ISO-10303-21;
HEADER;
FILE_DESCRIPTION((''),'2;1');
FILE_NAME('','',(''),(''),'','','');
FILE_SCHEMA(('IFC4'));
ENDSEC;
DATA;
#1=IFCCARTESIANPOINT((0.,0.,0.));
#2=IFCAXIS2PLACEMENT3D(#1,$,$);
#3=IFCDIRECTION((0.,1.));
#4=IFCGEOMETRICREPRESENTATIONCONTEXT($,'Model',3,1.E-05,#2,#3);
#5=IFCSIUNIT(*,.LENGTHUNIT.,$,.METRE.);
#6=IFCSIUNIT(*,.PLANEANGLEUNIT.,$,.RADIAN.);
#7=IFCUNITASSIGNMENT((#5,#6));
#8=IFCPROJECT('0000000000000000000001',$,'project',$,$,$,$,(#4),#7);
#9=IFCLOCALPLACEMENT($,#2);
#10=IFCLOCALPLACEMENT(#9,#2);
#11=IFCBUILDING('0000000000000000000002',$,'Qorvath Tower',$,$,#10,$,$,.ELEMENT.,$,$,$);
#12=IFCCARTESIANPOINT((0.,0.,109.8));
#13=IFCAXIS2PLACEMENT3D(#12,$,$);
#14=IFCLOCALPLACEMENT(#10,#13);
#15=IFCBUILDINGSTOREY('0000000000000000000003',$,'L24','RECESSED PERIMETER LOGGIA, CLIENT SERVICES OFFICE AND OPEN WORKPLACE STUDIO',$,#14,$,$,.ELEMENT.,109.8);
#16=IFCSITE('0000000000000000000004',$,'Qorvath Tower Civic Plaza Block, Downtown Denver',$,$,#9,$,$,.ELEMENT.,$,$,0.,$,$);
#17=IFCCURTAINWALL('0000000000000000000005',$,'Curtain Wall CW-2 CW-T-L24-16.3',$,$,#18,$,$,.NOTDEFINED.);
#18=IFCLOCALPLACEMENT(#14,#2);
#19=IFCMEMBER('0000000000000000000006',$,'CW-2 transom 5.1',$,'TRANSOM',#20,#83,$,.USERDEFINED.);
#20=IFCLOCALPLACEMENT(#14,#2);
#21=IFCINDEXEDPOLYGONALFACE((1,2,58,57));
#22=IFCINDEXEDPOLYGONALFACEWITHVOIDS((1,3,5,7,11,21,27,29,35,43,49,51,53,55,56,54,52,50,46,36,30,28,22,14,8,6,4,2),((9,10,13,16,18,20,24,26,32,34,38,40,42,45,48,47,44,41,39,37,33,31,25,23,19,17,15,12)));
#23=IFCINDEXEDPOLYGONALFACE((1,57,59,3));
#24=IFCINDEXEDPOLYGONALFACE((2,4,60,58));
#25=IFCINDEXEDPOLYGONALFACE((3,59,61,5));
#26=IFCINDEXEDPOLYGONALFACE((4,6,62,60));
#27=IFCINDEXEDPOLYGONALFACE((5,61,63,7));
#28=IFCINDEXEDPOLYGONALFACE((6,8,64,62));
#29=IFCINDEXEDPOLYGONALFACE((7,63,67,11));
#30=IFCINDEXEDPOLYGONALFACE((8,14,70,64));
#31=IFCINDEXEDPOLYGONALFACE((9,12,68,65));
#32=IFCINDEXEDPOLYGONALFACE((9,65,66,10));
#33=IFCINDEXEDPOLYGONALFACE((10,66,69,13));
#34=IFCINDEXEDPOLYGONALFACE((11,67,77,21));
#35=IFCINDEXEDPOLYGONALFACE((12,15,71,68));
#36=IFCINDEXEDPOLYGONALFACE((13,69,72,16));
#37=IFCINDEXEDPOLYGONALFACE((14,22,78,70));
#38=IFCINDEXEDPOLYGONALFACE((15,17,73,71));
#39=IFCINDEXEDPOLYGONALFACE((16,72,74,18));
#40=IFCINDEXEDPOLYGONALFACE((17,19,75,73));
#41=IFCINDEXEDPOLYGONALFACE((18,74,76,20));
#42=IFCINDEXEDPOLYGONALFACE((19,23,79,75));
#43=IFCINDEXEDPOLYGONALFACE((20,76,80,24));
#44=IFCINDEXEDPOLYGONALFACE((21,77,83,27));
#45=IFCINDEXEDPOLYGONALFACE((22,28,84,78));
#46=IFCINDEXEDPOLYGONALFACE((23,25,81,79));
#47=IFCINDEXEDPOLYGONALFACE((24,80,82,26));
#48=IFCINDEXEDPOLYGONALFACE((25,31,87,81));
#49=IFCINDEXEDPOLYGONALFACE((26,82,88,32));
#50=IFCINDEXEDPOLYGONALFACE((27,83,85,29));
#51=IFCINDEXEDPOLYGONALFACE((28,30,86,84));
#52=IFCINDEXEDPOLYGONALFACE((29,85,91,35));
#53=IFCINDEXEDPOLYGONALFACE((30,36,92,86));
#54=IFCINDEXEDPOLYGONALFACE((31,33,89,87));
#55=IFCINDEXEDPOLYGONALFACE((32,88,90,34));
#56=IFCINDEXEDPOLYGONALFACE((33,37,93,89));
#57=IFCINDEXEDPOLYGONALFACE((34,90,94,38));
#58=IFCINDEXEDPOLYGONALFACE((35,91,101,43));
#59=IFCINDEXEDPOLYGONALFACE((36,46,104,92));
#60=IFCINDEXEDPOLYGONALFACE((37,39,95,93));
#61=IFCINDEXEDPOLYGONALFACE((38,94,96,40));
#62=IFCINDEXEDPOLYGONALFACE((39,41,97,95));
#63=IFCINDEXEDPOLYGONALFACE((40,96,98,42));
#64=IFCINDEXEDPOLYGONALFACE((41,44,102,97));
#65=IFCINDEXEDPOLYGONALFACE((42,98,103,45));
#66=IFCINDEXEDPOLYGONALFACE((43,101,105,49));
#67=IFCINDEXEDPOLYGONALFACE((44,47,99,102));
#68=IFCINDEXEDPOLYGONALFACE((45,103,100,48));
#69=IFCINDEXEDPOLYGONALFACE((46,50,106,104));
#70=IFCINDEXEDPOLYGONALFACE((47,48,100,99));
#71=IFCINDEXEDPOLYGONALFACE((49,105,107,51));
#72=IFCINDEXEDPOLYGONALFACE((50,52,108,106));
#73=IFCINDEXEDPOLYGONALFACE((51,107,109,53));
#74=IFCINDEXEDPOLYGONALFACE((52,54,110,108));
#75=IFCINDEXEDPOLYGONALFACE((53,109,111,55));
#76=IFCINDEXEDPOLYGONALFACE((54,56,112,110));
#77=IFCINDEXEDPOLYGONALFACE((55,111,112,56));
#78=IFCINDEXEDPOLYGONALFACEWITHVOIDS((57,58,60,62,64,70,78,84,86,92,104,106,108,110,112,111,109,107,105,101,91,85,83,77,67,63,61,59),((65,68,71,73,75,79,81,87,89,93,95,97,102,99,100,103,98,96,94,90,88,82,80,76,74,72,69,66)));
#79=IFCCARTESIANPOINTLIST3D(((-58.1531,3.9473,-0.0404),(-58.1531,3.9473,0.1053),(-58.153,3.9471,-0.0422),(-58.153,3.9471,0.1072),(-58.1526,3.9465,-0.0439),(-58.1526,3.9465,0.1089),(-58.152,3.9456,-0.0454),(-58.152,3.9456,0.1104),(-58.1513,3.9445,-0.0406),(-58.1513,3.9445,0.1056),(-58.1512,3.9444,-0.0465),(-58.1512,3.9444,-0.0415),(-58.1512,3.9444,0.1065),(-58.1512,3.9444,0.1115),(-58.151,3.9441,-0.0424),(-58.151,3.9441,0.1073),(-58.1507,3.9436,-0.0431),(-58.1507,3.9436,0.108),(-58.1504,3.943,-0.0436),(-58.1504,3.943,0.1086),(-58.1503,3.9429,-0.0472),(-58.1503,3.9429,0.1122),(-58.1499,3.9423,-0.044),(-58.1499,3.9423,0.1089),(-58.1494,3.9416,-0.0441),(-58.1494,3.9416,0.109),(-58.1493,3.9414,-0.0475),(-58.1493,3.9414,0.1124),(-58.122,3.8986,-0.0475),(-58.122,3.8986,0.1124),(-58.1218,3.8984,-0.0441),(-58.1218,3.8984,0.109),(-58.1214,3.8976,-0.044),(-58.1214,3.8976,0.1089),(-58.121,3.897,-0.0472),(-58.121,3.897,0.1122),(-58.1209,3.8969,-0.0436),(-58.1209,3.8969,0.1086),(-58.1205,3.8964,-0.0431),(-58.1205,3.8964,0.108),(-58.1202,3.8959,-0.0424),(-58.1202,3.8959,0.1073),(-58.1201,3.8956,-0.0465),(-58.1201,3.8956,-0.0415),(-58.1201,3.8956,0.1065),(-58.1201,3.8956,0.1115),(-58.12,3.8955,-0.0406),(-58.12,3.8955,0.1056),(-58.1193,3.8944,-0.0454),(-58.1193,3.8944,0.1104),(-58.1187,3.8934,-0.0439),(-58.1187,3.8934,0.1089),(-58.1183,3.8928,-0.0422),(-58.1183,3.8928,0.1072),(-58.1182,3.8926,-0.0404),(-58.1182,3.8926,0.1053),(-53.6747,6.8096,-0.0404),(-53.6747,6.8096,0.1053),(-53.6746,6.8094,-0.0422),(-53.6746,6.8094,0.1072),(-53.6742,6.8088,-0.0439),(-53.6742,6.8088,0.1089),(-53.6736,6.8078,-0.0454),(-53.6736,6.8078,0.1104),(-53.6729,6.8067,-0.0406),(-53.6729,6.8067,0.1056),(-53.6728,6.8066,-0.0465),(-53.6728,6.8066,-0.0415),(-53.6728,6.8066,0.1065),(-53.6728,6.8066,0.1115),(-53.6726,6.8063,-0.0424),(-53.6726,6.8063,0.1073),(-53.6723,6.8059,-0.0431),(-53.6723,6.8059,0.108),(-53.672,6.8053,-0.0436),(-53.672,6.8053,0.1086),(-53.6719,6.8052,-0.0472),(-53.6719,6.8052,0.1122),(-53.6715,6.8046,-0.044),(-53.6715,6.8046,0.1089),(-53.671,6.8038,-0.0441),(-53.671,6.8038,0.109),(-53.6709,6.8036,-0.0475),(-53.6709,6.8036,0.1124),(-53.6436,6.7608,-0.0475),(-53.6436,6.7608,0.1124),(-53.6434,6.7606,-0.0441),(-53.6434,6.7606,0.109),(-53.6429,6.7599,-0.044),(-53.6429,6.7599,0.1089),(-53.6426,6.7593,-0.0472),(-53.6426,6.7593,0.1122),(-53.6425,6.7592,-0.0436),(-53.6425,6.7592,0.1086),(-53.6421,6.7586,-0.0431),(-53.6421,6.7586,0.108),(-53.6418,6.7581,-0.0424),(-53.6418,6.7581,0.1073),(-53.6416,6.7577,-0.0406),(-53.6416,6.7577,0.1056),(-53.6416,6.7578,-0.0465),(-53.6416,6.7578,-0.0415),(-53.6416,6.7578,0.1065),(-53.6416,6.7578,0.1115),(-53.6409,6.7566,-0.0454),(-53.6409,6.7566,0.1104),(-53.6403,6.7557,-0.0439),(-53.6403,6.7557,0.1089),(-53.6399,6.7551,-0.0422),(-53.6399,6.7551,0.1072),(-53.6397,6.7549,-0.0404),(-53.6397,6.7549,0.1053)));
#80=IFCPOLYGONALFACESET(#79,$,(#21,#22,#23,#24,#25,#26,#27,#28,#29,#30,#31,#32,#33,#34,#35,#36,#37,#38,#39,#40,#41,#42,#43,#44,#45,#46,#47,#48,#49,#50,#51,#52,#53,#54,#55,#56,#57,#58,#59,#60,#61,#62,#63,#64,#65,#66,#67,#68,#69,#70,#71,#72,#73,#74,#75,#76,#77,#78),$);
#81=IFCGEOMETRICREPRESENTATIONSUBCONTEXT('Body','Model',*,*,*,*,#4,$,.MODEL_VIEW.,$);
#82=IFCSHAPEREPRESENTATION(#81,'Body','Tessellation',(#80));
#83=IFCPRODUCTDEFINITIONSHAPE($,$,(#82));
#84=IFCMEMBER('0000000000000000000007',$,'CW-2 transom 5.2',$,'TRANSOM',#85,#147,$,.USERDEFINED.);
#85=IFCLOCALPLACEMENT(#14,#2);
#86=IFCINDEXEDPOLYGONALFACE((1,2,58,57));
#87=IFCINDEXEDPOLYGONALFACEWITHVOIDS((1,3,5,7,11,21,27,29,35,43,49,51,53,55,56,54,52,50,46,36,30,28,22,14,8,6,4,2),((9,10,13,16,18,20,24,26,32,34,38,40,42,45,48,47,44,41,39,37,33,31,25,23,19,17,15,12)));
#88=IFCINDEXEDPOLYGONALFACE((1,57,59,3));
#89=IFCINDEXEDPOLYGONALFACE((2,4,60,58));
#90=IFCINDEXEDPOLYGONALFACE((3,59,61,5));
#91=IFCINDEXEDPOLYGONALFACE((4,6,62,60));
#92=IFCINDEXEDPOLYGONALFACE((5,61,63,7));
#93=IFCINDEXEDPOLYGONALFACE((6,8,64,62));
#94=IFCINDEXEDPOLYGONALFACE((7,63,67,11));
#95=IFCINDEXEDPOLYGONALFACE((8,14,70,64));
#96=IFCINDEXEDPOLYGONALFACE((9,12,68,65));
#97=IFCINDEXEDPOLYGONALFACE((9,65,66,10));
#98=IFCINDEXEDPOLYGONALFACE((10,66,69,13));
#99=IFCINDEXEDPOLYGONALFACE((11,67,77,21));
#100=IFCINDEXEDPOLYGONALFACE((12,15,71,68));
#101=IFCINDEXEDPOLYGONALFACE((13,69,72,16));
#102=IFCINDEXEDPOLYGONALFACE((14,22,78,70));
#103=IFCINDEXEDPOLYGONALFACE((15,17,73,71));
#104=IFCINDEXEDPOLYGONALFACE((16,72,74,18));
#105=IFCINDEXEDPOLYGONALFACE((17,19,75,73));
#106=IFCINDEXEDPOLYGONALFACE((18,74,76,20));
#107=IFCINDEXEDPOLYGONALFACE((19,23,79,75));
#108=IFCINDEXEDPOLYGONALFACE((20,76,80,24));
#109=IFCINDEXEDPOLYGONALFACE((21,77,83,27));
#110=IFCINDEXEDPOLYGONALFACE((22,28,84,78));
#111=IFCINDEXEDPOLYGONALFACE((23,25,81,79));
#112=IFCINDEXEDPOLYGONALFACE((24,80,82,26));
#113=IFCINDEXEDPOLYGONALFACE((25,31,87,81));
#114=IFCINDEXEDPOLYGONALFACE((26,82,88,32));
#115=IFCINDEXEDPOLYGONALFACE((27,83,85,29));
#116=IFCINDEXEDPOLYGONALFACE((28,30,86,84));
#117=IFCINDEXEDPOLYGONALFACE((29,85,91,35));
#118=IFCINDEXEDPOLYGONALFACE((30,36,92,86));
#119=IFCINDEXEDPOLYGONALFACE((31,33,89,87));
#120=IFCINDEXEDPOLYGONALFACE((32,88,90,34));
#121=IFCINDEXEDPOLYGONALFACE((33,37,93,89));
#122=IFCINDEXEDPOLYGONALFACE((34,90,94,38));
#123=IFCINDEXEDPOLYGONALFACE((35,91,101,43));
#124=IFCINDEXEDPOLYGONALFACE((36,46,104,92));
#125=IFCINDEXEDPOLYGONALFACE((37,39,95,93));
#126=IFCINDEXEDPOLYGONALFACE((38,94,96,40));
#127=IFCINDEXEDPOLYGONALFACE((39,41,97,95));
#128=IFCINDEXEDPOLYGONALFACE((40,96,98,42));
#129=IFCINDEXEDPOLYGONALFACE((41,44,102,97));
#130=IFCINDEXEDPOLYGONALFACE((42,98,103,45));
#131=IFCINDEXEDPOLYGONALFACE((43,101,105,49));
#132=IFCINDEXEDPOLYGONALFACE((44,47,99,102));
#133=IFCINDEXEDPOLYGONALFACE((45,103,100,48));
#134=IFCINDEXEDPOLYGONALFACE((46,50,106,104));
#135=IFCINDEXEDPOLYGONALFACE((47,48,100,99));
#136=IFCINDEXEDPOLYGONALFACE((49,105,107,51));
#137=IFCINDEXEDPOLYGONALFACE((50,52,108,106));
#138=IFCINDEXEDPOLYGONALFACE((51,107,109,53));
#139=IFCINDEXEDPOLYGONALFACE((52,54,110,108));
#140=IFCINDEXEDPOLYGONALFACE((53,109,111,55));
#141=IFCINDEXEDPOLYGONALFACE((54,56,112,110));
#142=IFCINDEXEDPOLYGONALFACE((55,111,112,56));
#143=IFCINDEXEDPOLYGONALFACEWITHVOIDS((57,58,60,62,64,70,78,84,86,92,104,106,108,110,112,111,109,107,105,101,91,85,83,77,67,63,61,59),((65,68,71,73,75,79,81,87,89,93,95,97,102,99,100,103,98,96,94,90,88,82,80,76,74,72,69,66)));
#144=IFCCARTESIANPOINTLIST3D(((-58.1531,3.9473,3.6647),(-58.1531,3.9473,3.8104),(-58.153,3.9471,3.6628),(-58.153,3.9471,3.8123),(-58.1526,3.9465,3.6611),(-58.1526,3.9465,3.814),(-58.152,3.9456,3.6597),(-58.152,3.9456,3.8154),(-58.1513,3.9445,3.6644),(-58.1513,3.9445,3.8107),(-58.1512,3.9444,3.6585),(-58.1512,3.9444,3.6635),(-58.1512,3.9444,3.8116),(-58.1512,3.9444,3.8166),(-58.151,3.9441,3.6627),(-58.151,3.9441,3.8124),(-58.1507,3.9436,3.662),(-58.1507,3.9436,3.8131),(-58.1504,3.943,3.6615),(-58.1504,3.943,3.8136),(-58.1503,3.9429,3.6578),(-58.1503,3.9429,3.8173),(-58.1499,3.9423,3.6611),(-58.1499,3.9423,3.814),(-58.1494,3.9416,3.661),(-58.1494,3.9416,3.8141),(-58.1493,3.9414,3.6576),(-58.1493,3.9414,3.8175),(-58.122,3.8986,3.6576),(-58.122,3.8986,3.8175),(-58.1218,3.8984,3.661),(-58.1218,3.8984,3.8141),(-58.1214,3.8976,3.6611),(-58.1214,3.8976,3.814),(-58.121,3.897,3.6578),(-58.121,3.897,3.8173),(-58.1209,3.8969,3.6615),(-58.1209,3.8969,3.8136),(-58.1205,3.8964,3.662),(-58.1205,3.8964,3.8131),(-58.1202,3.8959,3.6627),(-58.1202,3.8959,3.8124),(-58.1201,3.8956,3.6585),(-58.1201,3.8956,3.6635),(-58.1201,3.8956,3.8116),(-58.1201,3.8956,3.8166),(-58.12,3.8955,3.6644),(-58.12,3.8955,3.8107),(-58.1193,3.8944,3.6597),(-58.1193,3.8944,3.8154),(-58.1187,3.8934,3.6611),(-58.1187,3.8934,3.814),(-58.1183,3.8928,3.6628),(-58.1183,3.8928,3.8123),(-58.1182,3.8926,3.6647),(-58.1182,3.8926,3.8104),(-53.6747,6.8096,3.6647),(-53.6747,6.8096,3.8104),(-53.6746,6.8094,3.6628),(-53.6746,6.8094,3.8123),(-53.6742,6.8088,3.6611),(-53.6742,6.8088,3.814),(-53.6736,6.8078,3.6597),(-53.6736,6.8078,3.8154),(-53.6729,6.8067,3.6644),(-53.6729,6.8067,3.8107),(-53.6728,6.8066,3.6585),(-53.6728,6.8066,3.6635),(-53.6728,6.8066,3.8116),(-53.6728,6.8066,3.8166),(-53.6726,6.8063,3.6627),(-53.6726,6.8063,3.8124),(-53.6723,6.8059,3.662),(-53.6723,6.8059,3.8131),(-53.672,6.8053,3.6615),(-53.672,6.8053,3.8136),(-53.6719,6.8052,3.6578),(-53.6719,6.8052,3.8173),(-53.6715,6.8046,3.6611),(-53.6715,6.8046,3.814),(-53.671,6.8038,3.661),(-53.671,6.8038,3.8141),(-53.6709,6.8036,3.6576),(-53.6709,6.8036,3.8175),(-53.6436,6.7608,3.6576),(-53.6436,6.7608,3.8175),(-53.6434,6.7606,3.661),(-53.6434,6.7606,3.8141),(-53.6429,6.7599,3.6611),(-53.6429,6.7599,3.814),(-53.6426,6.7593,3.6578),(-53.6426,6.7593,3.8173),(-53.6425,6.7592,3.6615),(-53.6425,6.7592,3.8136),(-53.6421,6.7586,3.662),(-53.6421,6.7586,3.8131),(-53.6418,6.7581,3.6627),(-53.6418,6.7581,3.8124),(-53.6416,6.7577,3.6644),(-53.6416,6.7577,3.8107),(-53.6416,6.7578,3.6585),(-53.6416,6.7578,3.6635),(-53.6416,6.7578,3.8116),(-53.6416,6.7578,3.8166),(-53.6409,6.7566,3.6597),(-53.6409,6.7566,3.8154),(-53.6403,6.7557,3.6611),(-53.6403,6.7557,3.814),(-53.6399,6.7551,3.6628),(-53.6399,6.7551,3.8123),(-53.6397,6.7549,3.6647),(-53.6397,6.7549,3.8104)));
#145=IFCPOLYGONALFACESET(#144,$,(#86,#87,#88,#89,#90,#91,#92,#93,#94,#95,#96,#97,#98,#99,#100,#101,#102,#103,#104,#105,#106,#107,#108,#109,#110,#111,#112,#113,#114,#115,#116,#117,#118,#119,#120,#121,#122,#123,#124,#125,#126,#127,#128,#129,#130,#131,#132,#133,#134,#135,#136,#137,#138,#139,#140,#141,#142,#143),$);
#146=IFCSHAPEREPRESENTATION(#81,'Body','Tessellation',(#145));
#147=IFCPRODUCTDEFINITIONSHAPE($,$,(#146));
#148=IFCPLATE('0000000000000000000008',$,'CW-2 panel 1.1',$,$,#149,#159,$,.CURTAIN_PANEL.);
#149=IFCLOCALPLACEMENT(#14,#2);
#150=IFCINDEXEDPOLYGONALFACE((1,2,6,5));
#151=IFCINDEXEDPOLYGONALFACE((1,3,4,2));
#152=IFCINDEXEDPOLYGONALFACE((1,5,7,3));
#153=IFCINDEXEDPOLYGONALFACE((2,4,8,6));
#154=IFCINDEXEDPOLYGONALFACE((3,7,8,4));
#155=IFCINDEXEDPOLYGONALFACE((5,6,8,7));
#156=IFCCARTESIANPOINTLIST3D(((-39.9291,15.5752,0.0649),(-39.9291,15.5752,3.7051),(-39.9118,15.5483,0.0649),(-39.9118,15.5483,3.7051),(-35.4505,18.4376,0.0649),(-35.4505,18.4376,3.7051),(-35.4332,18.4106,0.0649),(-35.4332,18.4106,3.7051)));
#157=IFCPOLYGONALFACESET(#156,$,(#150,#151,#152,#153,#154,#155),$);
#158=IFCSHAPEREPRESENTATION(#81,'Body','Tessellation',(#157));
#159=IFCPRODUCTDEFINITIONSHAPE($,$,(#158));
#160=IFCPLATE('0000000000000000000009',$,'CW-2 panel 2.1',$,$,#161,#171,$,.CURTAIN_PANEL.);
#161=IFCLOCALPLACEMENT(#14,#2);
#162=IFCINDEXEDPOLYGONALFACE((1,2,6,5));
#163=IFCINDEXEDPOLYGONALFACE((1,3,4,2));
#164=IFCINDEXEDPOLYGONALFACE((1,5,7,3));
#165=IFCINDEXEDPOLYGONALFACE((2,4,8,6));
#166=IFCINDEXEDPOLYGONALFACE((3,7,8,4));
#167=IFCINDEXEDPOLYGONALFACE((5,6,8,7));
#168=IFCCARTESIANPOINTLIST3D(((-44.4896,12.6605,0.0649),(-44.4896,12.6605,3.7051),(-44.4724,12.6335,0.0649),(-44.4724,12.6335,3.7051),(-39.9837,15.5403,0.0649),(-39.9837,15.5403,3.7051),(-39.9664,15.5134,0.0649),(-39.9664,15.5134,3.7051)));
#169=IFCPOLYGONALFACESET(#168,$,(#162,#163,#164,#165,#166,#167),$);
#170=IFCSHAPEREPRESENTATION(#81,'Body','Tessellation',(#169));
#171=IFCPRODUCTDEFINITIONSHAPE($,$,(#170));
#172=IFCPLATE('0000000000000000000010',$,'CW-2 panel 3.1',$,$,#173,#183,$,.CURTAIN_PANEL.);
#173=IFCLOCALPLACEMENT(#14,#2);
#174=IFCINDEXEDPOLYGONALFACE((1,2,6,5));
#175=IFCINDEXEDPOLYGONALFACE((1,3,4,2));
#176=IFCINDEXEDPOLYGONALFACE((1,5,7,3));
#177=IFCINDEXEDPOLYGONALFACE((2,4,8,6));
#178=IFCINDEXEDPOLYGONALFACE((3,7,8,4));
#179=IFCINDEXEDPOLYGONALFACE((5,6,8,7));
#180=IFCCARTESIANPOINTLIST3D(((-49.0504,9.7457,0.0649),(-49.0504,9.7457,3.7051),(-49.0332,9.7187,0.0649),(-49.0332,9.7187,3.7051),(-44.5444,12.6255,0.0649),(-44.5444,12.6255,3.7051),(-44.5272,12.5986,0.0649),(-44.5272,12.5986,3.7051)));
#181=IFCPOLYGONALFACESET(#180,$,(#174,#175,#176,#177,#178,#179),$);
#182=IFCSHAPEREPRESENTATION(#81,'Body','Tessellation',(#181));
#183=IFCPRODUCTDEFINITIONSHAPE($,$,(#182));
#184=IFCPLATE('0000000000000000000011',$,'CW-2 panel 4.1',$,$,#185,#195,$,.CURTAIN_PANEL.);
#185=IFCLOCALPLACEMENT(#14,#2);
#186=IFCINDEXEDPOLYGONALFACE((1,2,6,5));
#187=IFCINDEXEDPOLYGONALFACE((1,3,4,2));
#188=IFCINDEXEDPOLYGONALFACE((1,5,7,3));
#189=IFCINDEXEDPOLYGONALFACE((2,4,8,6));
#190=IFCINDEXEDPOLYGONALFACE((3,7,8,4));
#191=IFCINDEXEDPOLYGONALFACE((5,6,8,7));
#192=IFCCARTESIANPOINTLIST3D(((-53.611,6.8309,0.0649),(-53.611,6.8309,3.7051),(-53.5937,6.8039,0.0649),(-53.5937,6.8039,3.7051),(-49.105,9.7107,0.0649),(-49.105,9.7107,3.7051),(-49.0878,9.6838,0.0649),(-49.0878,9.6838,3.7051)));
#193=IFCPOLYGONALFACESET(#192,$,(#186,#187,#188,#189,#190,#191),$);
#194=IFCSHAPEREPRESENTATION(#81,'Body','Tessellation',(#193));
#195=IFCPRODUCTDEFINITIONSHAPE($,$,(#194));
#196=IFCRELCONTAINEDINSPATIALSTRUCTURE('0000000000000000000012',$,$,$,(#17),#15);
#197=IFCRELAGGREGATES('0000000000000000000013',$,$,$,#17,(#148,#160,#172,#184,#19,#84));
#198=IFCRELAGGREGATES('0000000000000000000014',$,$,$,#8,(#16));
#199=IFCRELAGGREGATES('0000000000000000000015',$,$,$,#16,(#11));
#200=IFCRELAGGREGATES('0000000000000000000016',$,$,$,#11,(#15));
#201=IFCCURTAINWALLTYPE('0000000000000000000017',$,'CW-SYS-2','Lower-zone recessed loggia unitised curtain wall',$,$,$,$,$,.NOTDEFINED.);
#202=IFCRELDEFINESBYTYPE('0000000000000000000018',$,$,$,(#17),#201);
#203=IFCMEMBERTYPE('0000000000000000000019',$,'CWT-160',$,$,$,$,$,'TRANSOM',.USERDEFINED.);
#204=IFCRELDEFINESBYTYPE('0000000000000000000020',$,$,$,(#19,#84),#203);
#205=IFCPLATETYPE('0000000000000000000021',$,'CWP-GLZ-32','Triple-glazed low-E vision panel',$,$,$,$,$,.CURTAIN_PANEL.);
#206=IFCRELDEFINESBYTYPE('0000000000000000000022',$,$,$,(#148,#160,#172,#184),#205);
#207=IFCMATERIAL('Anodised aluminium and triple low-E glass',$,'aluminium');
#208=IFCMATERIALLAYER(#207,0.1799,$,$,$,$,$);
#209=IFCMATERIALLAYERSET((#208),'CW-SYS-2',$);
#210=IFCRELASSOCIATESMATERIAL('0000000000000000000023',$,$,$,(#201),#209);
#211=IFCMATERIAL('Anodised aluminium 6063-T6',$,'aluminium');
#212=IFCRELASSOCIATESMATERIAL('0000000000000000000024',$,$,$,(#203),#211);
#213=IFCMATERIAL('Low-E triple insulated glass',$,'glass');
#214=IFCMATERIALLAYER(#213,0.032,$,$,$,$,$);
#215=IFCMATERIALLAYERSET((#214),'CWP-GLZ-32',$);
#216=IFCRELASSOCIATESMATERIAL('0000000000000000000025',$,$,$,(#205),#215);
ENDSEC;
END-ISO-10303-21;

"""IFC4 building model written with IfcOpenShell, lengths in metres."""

from ifc_helpers import new_model, si_unit, direction, frame, origin, origin_2d, place, context, subcontext, project, spatial, rectangle, hollow_rectangle, extrude, material, layer, layer_set, material_profile, profile_set, type_object, element, aggregate, save


model = new_model("IFC4")

# Units and contexts
model_context = context("Model", 3, precision=1e-05, world=origin(), true_north=direction((0.0, 1.0)))
body_context = subcontext(model_context, "Body", "Model", "MODEL_VIEW")
ifc_project = project(units=[si_unit("LENGTHUNIT", "METRE"), si_unit("PLANEANGLEUNIT", "RADIAN")], contexts=[model_context])

# Site, building, storey
site_placement = place(None, origin())
site = spatial("IfcSite", under=ifc_project, at=site_placement, Name="Qorvath Tower Civic Plaza Block, Downtown Denver", CompositionType="ELEMENT", RefElevation=0.0)
building_placement = place(site_placement, origin())
building = spatial("IfcBuilding", under=site, at=building_placement, Name="Qorvath Tower", CompositionType="ELEMENT")
storey_placement = place(building_placement, frame((0.0, 0.0, 109.8)))
storey = spatial("IfcBuildingStorey", under=building, at=storey_placement, Name="L24", Description="RECESSED PERIMETER LOGGIA, CLIENT SERVICES OFFICE AND OPEN WORKPLACE STUDIO", CompositionType="ELEMENT", Elevation=109.8)

# Curtain wall, members, plates
ifc_material_1 = material(Name="Anodised aluminium and triple low-E glass", Category="aluminium")
ifc_layer_1 = layer(ifc_material_1, 0.1799)
ifc_layer_set_1 = layer_set([ifc_layer_1], Name="CW-SYS-2")
curtain_wall_type = type_object("IfcCurtainWallType", Name="CW-SYS-2", Description="Lower-zone recessed loggia unitised curtain wall", PredefinedType="NOTDEFINED", material=ifc_layer_set_1)
curtain_wall_placement = place(storey_placement, origin())
curtain_wall = element("IfcCurtainWall", 1, at=curtain_wall_placement, inside=storey, type_object=curtain_wall_type, Name="Curtain Wall CW-2 CW-T-L24-16.3", PredefinedType="NOTDEFINED")
ifc_material_2 = material(Name="Anodised aluminium 6063-T6", Category="aluminium")
ifc_material_profile_1 = material_profile(ifc_material_2, hollow_rectangle(XDim=0.0649, YDim=0.1599, WallThickness=0.0034, InnerFilletRadius=0.0034, OuterFilletRadius=0.0071, at=origin_2d()), Name="CWT 160x65")
ifc_profile_set_1 = profile_set([ifc_material_profile_1], Name="Anodised aluminium 6063-T6")
member_type_1 = type_object("IfcMemberType", Name="CWT-160", ElementType="TRANSOM", PredefinedType="USERDEFINED", material=ifc_profile_set_1)
member_1_placement = place(storey_placement, frame((-53.6572, 6.7822, 0.0325), z_axis=(-0.842608, -0.538527, 0.0), x_axis=(0.538527, -0.842608, 0.0)))
member_1 = element("IfcMember", 2, at=member_1_placement, type_object=member_type_1, Name="CW-2 transom 5.1", ObjectType="TRANSOM", PredefinedType="USERDEFINED", context=body_context, shape_type="SweptSolid", body=[
    extrude(hollow_rectangle(XDim=0.0649, YDim=0.1599, WallThickness=0.0034, InnerFilletRadius=0.0034, OuterFilletRadius=0.0071, at=origin_2d()), origin(), (0.0, 0.0, 1.0), 5.3149),
])
member_2_placement = place(storey_placement, frame((-53.6572, 6.7822, 3.7375), z_axis=(-0.842608, -0.538527, 0.0), x_axis=(0.538527, -0.842608, 0.0)))
member_2 = element("IfcMember", 3, at=member_2_placement, type_object=member_type_1, Name="CW-2 transom 5.2", ObjectType="TRANSOM", PredefinedType="USERDEFINED", context=body_context, shape_type="SweptSolid", body=[
    extrude(hollow_rectangle(XDim=0.0649, YDim=0.1599, WallThickness=0.0034, InnerFilletRadius=0.0034, OuterFilletRadius=0.0071, at=origin_2d()), origin(), (0.0, 0.0, 1.0), 5.3149),
])
ifc_material_3 = material(Name="Low-E triple insulated glass", Category="glass")
ifc_layer_2 = layer(ifc_material_3, 0.032)
ifc_layer_set_2 = layer_set([ifc_layer_2], Name="CWP-GLZ-32")
plate_type = type_object("IfcPlateType", Name="CWP-GLZ-32", Description="Triple-glazed low-E vision panel", PredefinedType="CURTAIN_PANEL", material=ifc_layer_set_2)
plate_1_placement = place(storey_placement, frame((-37.6812, 16.9929, 0.0649), z_axis=(0.0, 0.0, 1.0), x_axis=(-0.842606, -0.53853, 0.0)))
plate_1 = element("IfcPlate", 4, at=plate_1_placement, type_object=plate_type, Name="CW-2 panel 1.1", PredefinedType="CURTAIN_PANEL", context=body_context, shape_type="SweptSolid", body=[
    extrude(rectangle(XDim=5.3152, YDim=0.032, at=origin_2d()), origin(), (0.0, 0.0, 1.0), 3.6401),
])
plate_2_placement = place(storey_placement, frame((-42.228, 14.0869, 0.0649), z_axis=(0.0, 0.0, 1.0), x_axis=(-0.842606, -0.53853, 0.0)))
plate_2 = element("IfcPlate", 5, at=plate_2_placement, type_object=plate_type, Name="CW-2 panel 2.1", PredefinedType="CURTAIN_PANEL", context=body_context, shape_type="SweptSolid", body=[
    extrude(rectangle(XDim=5.3477, YDim=0.032, at=origin_2d()), origin(), (0.0, 0.0, 1.0), 3.6401),
])
plate_3_placement = place(storey_placement, frame((-46.7888, 11.1721, 0.0649), z_axis=(0.0, 0.0, 1.0), x_axis=(-0.842606, -0.53853, 0.0)))
plate_3 = element("IfcPlate", 6, at=plate_3_placement, type_object=plate_type, Name="CW-2 panel 3.1", PredefinedType="CURTAIN_PANEL", context=body_context, shape_type="SweptSolid", body=[
    extrude(rectangle(XDim=5.3477, YDim=0.032, at=origin_2d()), origin(), (0.0, 0.0, 1.0), 3.6401),
])
plate_4_placement = place(storey_placement, frame((-51.3494, 8.2573, 0.0649), z_axis=(0.0, 0.0, 1.0), x_axis=(-0.842606, -0.53853, 0.0)))
plate_4 = element("IfcPlate", 7, at=plate_4_placement, type_object=plate_type, Name="CW-2 panel 4.1", PredefinedType="CURTAIN_PANEL", context=body_context, shape_type="SweptSolid", body=[
    extrude(rectangle(XDim=5.3477, YDim=0.032, at=origin_2d()), origin(), (0.0, 0.0, 1.0), 3.6401),
])
aggregate(curtain_wall, [plate_1, plate_2, plate_3, plate_4, member_1, member_2])

save(model, "model.ifc")
